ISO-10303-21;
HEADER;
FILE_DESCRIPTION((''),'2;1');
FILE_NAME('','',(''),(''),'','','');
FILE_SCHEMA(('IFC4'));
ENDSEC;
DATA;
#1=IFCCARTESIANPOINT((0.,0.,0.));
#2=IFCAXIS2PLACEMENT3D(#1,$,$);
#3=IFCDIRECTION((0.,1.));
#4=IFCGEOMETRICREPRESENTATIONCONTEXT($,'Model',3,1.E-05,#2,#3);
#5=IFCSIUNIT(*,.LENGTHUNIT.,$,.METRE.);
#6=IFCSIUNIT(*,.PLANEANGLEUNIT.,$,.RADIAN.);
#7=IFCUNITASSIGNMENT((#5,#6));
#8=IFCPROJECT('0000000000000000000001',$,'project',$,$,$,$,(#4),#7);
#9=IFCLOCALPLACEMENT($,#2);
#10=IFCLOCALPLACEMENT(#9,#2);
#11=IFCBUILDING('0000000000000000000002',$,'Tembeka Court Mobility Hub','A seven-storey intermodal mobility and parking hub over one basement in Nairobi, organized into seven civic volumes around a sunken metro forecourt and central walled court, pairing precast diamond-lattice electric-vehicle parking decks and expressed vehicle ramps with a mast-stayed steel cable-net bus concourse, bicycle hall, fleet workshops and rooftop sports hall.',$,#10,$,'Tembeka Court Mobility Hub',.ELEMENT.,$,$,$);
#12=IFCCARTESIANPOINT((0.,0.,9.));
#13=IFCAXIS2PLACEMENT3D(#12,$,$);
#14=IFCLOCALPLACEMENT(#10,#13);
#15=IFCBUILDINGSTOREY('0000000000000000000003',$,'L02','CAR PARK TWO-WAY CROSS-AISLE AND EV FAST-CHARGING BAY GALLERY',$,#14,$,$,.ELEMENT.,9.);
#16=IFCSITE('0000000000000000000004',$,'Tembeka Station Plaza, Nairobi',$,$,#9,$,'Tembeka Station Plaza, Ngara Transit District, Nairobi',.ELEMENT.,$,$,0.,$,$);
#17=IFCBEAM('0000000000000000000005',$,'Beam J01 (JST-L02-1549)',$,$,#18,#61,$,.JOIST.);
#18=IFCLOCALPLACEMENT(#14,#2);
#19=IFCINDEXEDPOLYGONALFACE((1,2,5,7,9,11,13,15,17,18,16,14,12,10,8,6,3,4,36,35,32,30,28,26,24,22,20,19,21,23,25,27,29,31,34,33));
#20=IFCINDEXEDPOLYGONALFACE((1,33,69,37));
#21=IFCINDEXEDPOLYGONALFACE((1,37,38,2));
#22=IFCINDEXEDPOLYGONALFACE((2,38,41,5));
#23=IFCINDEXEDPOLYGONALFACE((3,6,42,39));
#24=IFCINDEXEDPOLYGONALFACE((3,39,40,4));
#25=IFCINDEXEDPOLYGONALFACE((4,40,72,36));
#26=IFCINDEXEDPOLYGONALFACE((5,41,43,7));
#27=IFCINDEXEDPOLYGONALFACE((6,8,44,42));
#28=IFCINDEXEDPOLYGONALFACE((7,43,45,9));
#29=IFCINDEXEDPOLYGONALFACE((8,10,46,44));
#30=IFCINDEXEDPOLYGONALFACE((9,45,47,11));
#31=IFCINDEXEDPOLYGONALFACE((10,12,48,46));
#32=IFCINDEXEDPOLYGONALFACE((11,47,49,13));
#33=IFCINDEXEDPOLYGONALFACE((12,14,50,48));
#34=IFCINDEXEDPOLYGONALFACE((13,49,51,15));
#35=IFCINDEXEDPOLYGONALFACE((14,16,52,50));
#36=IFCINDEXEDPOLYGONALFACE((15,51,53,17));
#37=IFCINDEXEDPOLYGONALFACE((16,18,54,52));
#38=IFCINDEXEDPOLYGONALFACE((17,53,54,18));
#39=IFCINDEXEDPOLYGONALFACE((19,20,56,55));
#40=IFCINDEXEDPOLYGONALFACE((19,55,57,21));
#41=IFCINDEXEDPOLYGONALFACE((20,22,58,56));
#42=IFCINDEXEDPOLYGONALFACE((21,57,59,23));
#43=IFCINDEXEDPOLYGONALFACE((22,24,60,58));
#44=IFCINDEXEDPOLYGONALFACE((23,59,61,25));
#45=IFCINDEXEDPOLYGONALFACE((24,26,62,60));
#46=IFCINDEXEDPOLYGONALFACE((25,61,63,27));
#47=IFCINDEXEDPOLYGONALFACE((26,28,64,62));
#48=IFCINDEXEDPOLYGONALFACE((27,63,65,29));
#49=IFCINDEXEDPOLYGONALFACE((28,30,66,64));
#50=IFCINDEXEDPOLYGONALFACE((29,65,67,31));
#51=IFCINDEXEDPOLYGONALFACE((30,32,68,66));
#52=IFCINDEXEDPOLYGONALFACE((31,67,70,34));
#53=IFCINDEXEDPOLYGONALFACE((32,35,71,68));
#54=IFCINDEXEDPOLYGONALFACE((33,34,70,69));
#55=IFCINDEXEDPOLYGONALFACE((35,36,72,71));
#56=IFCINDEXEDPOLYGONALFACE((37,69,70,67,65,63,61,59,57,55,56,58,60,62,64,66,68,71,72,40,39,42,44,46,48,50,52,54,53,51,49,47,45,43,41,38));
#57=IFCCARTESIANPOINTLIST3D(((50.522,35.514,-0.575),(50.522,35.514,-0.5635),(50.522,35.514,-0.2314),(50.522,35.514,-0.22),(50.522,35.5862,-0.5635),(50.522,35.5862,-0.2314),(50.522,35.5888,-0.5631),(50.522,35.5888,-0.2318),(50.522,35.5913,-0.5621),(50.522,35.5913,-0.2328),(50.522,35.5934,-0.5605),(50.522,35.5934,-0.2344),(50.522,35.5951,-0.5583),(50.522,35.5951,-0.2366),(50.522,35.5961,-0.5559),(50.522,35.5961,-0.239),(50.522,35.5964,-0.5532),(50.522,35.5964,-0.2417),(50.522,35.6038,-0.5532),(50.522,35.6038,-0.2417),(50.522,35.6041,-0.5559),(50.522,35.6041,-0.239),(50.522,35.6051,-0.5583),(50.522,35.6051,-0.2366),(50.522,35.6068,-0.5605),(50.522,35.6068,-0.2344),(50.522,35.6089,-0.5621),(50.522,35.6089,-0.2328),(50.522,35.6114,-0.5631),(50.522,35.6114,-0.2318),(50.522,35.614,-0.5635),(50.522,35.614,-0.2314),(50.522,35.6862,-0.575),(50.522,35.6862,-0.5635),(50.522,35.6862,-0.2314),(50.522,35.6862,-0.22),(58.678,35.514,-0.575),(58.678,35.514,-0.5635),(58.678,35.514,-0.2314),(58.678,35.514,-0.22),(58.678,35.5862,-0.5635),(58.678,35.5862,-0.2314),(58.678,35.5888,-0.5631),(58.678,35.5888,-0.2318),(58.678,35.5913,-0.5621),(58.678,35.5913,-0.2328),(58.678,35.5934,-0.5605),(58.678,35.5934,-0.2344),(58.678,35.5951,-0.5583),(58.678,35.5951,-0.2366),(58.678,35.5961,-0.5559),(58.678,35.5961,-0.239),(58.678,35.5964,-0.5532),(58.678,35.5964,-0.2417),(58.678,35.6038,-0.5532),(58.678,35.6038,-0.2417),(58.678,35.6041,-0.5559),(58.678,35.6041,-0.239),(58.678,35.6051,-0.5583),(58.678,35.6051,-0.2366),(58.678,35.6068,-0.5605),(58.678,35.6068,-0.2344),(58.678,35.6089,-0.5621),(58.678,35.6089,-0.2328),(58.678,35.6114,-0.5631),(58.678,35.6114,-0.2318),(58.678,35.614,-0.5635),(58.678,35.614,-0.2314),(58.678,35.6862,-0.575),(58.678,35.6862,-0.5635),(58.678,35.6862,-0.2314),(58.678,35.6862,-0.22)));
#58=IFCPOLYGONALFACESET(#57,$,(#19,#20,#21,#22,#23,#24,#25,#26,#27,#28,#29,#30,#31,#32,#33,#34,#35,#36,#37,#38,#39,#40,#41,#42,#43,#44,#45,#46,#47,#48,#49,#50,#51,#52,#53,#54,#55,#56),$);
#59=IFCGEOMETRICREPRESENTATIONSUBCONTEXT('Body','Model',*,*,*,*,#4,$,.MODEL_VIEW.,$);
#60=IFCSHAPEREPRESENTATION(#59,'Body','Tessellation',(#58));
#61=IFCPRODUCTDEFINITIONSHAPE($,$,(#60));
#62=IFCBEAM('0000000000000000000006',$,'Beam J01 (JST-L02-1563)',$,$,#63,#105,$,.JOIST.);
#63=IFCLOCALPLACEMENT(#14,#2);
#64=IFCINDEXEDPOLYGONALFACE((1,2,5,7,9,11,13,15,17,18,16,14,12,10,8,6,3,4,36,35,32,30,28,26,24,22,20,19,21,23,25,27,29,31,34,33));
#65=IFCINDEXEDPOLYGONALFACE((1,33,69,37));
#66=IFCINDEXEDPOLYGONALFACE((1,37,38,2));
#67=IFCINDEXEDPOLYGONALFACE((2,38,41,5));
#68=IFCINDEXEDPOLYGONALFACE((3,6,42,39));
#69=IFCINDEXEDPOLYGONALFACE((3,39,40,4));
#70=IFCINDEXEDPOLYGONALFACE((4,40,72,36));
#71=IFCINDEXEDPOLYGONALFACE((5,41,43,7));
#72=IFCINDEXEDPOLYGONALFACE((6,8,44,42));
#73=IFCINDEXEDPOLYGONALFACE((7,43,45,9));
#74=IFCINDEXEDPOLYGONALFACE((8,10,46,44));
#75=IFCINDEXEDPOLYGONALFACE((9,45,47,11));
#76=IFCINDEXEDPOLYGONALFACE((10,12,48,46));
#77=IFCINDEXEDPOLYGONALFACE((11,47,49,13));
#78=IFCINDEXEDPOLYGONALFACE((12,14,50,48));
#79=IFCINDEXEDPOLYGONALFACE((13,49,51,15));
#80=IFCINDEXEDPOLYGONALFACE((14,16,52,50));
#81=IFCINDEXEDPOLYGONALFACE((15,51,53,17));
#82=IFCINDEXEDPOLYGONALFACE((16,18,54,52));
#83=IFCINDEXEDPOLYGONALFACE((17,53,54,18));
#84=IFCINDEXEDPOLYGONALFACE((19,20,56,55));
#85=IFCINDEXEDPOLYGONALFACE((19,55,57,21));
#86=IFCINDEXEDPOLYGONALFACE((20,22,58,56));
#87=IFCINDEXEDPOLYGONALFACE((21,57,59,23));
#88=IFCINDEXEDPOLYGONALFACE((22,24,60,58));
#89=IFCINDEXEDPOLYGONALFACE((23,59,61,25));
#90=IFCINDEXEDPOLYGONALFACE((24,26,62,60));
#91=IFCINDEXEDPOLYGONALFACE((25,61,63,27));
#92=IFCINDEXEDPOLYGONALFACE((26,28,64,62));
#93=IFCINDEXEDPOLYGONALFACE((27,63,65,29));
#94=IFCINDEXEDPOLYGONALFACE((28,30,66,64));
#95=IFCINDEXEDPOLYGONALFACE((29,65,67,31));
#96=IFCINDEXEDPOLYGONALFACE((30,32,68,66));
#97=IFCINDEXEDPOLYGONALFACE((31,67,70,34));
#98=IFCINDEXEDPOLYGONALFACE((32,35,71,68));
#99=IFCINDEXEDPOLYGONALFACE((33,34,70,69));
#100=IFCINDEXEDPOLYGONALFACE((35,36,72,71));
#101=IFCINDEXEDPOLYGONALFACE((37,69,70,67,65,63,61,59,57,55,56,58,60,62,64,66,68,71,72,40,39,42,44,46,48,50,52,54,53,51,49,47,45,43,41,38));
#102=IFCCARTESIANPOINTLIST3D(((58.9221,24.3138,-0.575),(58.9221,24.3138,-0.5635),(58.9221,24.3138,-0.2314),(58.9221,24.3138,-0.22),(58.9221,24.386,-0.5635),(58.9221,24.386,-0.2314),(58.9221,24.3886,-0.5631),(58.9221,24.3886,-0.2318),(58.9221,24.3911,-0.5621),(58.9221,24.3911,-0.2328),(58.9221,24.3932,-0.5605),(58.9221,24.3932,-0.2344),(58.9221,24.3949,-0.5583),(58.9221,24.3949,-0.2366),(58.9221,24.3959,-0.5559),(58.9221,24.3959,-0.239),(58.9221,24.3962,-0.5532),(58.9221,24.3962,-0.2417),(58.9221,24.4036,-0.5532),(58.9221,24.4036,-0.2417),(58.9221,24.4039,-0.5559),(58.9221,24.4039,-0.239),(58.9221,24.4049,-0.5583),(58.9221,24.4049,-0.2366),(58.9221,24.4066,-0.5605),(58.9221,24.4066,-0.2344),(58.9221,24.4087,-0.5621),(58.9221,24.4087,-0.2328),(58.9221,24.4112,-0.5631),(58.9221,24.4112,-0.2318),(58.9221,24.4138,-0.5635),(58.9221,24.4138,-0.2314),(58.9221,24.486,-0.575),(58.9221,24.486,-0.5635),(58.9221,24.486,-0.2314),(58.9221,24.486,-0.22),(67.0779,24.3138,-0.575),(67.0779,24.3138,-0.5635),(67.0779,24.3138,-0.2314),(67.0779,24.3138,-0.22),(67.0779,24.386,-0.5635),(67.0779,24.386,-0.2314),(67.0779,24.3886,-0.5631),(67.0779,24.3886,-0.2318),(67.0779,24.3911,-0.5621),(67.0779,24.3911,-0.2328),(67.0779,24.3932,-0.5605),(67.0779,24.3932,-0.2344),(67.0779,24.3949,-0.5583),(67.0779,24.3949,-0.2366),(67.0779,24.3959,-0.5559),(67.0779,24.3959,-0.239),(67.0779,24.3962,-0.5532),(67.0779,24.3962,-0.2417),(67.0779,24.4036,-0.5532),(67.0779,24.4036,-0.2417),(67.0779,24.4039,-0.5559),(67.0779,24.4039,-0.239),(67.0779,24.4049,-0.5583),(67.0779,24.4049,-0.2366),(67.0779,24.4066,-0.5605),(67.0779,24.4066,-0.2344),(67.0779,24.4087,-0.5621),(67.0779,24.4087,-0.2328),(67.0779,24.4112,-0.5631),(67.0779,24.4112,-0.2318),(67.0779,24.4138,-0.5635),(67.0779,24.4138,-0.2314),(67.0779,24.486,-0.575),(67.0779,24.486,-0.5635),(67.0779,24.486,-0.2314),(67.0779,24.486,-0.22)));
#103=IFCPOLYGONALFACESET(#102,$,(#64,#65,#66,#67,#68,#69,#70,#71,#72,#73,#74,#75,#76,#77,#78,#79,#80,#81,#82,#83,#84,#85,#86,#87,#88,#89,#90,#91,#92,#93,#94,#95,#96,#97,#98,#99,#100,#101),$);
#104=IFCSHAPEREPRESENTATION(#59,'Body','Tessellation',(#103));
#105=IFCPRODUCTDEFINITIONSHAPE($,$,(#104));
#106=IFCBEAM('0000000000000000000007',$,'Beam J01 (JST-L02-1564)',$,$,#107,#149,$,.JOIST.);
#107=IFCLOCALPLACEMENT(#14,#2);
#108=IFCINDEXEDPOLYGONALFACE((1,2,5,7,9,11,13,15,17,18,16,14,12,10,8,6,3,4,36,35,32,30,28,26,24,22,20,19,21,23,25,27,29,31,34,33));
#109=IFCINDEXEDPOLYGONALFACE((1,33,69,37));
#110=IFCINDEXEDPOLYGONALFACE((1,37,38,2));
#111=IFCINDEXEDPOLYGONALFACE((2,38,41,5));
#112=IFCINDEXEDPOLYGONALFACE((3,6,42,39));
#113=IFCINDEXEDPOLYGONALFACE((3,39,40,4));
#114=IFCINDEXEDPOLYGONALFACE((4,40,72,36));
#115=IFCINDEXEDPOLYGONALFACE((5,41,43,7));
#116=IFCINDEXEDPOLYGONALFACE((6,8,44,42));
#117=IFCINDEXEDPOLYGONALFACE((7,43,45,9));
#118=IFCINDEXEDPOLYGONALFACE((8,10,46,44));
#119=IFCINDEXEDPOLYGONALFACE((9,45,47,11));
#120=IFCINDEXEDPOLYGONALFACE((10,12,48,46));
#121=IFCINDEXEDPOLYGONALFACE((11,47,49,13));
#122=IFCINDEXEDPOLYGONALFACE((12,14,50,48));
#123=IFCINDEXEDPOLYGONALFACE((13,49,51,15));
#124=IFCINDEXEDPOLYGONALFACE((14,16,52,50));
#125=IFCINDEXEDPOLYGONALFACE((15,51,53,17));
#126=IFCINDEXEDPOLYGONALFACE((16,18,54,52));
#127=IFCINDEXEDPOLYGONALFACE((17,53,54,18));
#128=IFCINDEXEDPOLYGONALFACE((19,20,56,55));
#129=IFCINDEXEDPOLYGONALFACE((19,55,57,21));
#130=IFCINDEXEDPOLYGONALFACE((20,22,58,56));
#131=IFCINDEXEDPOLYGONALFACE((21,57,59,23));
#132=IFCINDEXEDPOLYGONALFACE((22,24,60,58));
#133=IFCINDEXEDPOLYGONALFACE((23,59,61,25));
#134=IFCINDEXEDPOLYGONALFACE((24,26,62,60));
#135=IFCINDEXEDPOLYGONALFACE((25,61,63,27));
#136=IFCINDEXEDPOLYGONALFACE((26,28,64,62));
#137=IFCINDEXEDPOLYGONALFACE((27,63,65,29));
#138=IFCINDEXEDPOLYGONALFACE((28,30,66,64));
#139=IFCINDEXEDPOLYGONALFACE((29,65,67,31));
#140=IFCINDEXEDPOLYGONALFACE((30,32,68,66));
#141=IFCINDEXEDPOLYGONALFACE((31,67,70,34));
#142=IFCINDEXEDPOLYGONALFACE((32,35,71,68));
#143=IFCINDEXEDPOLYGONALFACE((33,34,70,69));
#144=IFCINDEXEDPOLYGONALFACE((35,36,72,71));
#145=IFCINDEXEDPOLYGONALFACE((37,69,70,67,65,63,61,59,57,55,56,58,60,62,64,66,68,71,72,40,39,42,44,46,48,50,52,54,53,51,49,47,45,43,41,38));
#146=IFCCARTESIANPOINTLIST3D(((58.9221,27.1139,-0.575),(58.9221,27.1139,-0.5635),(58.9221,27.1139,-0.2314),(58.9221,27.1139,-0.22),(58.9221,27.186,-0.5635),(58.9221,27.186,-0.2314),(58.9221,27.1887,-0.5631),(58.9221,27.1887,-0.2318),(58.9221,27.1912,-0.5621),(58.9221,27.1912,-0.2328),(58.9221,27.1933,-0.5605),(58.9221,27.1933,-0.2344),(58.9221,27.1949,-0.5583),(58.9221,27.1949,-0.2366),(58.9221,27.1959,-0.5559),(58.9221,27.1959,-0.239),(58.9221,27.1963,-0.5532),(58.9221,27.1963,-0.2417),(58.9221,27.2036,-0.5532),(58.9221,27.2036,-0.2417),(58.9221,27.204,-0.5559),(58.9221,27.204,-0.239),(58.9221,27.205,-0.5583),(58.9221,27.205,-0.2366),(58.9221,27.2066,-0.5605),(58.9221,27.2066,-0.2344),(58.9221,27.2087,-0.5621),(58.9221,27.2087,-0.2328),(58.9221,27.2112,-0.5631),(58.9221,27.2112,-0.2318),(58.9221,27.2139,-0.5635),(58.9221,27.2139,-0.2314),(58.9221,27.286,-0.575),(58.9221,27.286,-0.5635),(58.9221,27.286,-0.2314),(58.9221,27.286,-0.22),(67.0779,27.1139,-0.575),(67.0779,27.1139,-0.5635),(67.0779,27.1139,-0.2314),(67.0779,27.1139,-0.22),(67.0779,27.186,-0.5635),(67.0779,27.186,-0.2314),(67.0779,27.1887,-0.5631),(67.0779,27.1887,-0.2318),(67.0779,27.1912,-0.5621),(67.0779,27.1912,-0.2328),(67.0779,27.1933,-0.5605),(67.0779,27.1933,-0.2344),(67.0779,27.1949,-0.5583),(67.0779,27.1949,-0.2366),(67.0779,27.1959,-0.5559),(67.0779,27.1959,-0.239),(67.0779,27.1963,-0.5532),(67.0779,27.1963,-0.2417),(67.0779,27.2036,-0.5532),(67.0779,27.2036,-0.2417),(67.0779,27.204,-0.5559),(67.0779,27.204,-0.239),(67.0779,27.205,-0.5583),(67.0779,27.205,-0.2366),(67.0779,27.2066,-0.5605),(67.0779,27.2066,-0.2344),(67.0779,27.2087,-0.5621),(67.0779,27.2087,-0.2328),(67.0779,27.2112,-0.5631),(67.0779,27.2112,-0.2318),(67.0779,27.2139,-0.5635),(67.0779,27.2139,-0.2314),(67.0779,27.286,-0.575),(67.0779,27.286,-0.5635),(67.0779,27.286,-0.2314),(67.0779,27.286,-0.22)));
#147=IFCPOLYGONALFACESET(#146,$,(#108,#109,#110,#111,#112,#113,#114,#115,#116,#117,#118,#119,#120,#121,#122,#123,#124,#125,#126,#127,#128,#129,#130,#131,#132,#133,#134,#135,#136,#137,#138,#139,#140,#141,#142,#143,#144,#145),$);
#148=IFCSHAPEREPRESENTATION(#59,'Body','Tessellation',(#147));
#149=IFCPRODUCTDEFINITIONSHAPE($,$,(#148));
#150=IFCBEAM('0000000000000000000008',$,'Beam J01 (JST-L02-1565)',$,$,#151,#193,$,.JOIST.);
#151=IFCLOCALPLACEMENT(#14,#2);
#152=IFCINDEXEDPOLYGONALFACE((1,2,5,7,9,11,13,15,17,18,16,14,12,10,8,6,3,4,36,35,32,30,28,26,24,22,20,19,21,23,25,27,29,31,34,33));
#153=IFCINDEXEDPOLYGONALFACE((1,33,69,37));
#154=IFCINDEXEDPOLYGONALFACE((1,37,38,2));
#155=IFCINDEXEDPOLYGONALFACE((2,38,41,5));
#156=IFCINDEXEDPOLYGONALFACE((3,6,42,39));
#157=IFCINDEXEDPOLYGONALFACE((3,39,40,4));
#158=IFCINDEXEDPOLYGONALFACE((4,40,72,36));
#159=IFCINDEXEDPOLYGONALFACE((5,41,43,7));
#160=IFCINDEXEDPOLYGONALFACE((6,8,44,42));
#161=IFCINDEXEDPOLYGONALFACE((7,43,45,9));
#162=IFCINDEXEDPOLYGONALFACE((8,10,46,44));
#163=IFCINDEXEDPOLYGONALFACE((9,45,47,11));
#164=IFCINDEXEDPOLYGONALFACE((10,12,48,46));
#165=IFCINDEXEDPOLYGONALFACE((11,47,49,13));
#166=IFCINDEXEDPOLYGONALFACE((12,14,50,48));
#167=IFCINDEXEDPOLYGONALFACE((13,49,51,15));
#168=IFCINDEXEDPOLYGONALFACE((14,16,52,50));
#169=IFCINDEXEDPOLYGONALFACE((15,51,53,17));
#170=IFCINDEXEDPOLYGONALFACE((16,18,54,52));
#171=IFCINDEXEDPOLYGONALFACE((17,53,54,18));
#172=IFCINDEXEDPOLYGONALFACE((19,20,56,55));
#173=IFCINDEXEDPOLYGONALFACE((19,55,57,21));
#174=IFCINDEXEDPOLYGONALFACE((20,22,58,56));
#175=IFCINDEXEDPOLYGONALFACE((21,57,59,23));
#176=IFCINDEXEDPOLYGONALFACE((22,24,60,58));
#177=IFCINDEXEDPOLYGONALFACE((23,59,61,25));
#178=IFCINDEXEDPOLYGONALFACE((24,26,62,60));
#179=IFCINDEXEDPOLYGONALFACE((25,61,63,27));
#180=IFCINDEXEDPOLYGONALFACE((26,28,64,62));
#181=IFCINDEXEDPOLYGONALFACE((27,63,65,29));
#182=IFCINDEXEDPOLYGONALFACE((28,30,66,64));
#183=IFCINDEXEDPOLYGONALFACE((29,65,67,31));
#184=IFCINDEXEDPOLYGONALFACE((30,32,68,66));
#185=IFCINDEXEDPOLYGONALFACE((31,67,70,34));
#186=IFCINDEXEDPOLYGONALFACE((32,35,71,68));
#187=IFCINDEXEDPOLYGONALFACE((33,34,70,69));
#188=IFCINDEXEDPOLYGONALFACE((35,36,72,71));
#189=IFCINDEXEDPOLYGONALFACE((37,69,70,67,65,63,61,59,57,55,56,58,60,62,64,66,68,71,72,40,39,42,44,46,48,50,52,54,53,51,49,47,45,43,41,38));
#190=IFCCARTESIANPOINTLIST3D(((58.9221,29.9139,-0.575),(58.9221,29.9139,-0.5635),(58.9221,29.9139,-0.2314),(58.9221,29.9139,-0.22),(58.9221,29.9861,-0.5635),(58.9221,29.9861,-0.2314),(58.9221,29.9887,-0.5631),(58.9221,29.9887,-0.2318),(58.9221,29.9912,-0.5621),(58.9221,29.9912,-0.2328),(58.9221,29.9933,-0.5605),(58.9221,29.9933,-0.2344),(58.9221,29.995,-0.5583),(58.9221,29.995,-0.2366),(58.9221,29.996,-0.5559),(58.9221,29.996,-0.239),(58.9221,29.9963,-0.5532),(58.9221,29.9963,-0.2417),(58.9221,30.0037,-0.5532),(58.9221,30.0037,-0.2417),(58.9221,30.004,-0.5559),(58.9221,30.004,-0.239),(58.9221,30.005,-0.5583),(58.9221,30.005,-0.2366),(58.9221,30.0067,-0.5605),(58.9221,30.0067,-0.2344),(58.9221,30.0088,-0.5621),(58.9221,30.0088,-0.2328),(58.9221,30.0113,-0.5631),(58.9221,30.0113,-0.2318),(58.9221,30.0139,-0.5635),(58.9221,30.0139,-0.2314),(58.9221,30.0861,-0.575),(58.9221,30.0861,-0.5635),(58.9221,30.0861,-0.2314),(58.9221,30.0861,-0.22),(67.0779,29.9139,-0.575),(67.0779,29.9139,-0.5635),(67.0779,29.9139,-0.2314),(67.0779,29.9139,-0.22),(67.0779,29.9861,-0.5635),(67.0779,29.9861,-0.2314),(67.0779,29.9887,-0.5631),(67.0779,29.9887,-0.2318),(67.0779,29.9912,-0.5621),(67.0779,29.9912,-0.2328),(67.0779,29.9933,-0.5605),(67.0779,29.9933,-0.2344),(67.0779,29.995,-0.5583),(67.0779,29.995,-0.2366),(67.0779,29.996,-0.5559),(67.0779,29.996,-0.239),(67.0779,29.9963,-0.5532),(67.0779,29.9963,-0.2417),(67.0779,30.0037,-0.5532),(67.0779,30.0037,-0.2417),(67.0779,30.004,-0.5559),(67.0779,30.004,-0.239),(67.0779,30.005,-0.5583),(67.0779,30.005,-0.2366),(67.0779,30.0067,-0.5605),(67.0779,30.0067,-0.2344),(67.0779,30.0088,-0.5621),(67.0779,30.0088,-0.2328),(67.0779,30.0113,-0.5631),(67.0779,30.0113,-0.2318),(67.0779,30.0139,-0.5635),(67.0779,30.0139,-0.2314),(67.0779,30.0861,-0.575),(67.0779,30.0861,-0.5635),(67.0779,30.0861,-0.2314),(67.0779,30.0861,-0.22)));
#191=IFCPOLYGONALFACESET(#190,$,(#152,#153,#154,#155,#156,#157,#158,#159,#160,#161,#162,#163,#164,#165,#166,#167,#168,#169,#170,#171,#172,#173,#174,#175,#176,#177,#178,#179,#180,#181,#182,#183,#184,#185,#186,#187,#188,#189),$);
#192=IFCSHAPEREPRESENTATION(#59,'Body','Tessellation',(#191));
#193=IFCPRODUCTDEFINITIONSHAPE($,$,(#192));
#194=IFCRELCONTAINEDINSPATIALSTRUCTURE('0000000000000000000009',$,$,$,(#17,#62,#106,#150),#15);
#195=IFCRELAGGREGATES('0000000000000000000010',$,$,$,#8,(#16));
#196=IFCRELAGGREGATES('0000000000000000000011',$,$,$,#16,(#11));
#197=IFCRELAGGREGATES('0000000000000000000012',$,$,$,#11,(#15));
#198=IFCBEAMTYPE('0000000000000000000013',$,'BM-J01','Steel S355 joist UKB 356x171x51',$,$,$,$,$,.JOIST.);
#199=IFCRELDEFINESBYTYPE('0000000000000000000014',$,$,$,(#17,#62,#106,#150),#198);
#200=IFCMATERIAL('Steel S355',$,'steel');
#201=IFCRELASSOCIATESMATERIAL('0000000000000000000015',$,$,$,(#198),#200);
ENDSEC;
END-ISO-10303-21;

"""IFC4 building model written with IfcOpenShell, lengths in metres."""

from ifc_helpers import new_model, si_unit, direction, frame, origin, origin_2d, place, context, subcontext, project, spatial, i_section, extrude, material, material_profile, profile_set, type_object, element, save


model = new_model("IFC4")

# Units and contexts
model_context = context("Model", 3, precision=1e-05, world=origin(), true_north=direction((0.0, 1.0)))
body_context = subcontext(model_context, "Body", "Model", "MODEL_VIEW")
ifc_project = project(units=[si_unit("LENGTHUNIT", "METRE"), si_unit("PLANEANGLEUNIT", "RADIAN")], contexts=[model_context])

# Site, building, storey
site_placement = place(None, origin())
site = spatial("IfcSite", under=ifc_project, at=site_placement, Name="Tembeka Station Plaza, Nairobi", LongName="Tembeka Station Plaza, Ngara Transit District, Nairobi", CompositionType="ELEMENT", RefElevation=0.0)
building_placement = place(site_placement, origin())
building = spatial("IfcBuilding", under=site, at=building_placement, Name="Tembeka Court Mobility Hub", Description="A seven-storey intermodal mobility and parking hub over one basement in Nairobi, organized into seven civic volumes around a sunken metro forecourt and central walled court, pairing precast diamond-lattice electric-vehicle parking decks and expressed vehicle ramps with a mast-stayed steel cable-net bus concourse, bicycle hall, fleet workshops and rooftop sports hall.", LongName="Tembeka Court Mobility Hub", CompositionType="ELEMENT")
storey_placement = place(building_placement, frame((0.0, 0.0, 9.0)))
storey = spatial("IfcBuildingStorey", under=building, at=storey_placement, Name="L02", Description="CAR PARK TWO-WAY CROSS-AISLE AND EV FAST-CHARGING BAY GALLERY", CompositionType="ELEMENT", Elevation=9.0)

# Shared definitions
ifc_material_1 = material(Name="Steel S355", Category="steel")

# Beams
ifc_material_profile_1 = material_profile(ifc_material_1, i_section(OverallWidth=0.1721, OverallDepth=0.355, WebThickness=0.0073, FlangeThickness=0.0115, FilletRadius=0.0103, at=origin_2d()), Name="UKB 356x171x51")
ifc_profile_set_1 = profile_set([ifc_material_profile_1], Name="Steel S355")
beam_type_1 = type_object("IfcBeamType", Name="BM-J01", Description="Steel S355 joist UKB 356x171x51", PredefinedType="JOIST", material=ifc_profile_set_1)
for number, where, z_axis, x_axis, name in (
    (1, (50.522, 35.6001, -0.3975), (1.0, 0.0, 0.0), (0.0, 1.0, 0.0), "Beam J01 (JST-L02-1549)"),
):
    element("IfcBeam", number, at=place(storey_placement, frame(where, z_axis=z_axis, x_axis=x_axis)), inside=storey, type_object=beam_type_1, Name=name, PredefinedType="JOIST", context=body_context, shape_type="SweptSolid", body=[
        extrude(i_section(OverallWidth=0.1721, OverallDepth=0.355, WebThickness=0.0073, FlangeThickness=0.0115, FilletRadius=0.0103, at=origin_2d()), origin(), (0.0, 0.0, 1.0), 8.156),
    ])
for number, where, z_axis, x_axis, name in (
    (2, (58.9221, 24.3999, -0.3975), (1.0, 0.0, 0.0), (0.0, 1.0, 0.0), "Beam J01 (JST-L02-1563)"),
    (3, (58.9221, 27.2, -0.3975), (1.0, 0.0, 0.0), (0.0, 1.0, 0.0), "Beam J01 (JST-L02-1564)"),
    (4, (58.9221, 30.0, -0.3975), (1.0, 0.0, 0.0), (0.0, 1.0, 0.0), "Beam J01 (JST-L02-1565)"),
):
    element("IfcBeam", number, at=place(storey_placement, frame(where, z_axis=z_axis, x_axis=x_axis)), inside=storey, type_object=beam_type_1, Name=name, PredefinedType="JOIST", context=body_context, shape_type="SweptSolid", body=[
        extrude(i_section(OverallWidth=0.1721, OverallDepth=0.355, WebThickness=0.0073, FlangeThickness=0.0115, FilletRadius=0.0103, at=origin_2d()), origin(), (0.0, 0.0, 1.0), 8.1558),
    ])

save(model, "model.ifc")
